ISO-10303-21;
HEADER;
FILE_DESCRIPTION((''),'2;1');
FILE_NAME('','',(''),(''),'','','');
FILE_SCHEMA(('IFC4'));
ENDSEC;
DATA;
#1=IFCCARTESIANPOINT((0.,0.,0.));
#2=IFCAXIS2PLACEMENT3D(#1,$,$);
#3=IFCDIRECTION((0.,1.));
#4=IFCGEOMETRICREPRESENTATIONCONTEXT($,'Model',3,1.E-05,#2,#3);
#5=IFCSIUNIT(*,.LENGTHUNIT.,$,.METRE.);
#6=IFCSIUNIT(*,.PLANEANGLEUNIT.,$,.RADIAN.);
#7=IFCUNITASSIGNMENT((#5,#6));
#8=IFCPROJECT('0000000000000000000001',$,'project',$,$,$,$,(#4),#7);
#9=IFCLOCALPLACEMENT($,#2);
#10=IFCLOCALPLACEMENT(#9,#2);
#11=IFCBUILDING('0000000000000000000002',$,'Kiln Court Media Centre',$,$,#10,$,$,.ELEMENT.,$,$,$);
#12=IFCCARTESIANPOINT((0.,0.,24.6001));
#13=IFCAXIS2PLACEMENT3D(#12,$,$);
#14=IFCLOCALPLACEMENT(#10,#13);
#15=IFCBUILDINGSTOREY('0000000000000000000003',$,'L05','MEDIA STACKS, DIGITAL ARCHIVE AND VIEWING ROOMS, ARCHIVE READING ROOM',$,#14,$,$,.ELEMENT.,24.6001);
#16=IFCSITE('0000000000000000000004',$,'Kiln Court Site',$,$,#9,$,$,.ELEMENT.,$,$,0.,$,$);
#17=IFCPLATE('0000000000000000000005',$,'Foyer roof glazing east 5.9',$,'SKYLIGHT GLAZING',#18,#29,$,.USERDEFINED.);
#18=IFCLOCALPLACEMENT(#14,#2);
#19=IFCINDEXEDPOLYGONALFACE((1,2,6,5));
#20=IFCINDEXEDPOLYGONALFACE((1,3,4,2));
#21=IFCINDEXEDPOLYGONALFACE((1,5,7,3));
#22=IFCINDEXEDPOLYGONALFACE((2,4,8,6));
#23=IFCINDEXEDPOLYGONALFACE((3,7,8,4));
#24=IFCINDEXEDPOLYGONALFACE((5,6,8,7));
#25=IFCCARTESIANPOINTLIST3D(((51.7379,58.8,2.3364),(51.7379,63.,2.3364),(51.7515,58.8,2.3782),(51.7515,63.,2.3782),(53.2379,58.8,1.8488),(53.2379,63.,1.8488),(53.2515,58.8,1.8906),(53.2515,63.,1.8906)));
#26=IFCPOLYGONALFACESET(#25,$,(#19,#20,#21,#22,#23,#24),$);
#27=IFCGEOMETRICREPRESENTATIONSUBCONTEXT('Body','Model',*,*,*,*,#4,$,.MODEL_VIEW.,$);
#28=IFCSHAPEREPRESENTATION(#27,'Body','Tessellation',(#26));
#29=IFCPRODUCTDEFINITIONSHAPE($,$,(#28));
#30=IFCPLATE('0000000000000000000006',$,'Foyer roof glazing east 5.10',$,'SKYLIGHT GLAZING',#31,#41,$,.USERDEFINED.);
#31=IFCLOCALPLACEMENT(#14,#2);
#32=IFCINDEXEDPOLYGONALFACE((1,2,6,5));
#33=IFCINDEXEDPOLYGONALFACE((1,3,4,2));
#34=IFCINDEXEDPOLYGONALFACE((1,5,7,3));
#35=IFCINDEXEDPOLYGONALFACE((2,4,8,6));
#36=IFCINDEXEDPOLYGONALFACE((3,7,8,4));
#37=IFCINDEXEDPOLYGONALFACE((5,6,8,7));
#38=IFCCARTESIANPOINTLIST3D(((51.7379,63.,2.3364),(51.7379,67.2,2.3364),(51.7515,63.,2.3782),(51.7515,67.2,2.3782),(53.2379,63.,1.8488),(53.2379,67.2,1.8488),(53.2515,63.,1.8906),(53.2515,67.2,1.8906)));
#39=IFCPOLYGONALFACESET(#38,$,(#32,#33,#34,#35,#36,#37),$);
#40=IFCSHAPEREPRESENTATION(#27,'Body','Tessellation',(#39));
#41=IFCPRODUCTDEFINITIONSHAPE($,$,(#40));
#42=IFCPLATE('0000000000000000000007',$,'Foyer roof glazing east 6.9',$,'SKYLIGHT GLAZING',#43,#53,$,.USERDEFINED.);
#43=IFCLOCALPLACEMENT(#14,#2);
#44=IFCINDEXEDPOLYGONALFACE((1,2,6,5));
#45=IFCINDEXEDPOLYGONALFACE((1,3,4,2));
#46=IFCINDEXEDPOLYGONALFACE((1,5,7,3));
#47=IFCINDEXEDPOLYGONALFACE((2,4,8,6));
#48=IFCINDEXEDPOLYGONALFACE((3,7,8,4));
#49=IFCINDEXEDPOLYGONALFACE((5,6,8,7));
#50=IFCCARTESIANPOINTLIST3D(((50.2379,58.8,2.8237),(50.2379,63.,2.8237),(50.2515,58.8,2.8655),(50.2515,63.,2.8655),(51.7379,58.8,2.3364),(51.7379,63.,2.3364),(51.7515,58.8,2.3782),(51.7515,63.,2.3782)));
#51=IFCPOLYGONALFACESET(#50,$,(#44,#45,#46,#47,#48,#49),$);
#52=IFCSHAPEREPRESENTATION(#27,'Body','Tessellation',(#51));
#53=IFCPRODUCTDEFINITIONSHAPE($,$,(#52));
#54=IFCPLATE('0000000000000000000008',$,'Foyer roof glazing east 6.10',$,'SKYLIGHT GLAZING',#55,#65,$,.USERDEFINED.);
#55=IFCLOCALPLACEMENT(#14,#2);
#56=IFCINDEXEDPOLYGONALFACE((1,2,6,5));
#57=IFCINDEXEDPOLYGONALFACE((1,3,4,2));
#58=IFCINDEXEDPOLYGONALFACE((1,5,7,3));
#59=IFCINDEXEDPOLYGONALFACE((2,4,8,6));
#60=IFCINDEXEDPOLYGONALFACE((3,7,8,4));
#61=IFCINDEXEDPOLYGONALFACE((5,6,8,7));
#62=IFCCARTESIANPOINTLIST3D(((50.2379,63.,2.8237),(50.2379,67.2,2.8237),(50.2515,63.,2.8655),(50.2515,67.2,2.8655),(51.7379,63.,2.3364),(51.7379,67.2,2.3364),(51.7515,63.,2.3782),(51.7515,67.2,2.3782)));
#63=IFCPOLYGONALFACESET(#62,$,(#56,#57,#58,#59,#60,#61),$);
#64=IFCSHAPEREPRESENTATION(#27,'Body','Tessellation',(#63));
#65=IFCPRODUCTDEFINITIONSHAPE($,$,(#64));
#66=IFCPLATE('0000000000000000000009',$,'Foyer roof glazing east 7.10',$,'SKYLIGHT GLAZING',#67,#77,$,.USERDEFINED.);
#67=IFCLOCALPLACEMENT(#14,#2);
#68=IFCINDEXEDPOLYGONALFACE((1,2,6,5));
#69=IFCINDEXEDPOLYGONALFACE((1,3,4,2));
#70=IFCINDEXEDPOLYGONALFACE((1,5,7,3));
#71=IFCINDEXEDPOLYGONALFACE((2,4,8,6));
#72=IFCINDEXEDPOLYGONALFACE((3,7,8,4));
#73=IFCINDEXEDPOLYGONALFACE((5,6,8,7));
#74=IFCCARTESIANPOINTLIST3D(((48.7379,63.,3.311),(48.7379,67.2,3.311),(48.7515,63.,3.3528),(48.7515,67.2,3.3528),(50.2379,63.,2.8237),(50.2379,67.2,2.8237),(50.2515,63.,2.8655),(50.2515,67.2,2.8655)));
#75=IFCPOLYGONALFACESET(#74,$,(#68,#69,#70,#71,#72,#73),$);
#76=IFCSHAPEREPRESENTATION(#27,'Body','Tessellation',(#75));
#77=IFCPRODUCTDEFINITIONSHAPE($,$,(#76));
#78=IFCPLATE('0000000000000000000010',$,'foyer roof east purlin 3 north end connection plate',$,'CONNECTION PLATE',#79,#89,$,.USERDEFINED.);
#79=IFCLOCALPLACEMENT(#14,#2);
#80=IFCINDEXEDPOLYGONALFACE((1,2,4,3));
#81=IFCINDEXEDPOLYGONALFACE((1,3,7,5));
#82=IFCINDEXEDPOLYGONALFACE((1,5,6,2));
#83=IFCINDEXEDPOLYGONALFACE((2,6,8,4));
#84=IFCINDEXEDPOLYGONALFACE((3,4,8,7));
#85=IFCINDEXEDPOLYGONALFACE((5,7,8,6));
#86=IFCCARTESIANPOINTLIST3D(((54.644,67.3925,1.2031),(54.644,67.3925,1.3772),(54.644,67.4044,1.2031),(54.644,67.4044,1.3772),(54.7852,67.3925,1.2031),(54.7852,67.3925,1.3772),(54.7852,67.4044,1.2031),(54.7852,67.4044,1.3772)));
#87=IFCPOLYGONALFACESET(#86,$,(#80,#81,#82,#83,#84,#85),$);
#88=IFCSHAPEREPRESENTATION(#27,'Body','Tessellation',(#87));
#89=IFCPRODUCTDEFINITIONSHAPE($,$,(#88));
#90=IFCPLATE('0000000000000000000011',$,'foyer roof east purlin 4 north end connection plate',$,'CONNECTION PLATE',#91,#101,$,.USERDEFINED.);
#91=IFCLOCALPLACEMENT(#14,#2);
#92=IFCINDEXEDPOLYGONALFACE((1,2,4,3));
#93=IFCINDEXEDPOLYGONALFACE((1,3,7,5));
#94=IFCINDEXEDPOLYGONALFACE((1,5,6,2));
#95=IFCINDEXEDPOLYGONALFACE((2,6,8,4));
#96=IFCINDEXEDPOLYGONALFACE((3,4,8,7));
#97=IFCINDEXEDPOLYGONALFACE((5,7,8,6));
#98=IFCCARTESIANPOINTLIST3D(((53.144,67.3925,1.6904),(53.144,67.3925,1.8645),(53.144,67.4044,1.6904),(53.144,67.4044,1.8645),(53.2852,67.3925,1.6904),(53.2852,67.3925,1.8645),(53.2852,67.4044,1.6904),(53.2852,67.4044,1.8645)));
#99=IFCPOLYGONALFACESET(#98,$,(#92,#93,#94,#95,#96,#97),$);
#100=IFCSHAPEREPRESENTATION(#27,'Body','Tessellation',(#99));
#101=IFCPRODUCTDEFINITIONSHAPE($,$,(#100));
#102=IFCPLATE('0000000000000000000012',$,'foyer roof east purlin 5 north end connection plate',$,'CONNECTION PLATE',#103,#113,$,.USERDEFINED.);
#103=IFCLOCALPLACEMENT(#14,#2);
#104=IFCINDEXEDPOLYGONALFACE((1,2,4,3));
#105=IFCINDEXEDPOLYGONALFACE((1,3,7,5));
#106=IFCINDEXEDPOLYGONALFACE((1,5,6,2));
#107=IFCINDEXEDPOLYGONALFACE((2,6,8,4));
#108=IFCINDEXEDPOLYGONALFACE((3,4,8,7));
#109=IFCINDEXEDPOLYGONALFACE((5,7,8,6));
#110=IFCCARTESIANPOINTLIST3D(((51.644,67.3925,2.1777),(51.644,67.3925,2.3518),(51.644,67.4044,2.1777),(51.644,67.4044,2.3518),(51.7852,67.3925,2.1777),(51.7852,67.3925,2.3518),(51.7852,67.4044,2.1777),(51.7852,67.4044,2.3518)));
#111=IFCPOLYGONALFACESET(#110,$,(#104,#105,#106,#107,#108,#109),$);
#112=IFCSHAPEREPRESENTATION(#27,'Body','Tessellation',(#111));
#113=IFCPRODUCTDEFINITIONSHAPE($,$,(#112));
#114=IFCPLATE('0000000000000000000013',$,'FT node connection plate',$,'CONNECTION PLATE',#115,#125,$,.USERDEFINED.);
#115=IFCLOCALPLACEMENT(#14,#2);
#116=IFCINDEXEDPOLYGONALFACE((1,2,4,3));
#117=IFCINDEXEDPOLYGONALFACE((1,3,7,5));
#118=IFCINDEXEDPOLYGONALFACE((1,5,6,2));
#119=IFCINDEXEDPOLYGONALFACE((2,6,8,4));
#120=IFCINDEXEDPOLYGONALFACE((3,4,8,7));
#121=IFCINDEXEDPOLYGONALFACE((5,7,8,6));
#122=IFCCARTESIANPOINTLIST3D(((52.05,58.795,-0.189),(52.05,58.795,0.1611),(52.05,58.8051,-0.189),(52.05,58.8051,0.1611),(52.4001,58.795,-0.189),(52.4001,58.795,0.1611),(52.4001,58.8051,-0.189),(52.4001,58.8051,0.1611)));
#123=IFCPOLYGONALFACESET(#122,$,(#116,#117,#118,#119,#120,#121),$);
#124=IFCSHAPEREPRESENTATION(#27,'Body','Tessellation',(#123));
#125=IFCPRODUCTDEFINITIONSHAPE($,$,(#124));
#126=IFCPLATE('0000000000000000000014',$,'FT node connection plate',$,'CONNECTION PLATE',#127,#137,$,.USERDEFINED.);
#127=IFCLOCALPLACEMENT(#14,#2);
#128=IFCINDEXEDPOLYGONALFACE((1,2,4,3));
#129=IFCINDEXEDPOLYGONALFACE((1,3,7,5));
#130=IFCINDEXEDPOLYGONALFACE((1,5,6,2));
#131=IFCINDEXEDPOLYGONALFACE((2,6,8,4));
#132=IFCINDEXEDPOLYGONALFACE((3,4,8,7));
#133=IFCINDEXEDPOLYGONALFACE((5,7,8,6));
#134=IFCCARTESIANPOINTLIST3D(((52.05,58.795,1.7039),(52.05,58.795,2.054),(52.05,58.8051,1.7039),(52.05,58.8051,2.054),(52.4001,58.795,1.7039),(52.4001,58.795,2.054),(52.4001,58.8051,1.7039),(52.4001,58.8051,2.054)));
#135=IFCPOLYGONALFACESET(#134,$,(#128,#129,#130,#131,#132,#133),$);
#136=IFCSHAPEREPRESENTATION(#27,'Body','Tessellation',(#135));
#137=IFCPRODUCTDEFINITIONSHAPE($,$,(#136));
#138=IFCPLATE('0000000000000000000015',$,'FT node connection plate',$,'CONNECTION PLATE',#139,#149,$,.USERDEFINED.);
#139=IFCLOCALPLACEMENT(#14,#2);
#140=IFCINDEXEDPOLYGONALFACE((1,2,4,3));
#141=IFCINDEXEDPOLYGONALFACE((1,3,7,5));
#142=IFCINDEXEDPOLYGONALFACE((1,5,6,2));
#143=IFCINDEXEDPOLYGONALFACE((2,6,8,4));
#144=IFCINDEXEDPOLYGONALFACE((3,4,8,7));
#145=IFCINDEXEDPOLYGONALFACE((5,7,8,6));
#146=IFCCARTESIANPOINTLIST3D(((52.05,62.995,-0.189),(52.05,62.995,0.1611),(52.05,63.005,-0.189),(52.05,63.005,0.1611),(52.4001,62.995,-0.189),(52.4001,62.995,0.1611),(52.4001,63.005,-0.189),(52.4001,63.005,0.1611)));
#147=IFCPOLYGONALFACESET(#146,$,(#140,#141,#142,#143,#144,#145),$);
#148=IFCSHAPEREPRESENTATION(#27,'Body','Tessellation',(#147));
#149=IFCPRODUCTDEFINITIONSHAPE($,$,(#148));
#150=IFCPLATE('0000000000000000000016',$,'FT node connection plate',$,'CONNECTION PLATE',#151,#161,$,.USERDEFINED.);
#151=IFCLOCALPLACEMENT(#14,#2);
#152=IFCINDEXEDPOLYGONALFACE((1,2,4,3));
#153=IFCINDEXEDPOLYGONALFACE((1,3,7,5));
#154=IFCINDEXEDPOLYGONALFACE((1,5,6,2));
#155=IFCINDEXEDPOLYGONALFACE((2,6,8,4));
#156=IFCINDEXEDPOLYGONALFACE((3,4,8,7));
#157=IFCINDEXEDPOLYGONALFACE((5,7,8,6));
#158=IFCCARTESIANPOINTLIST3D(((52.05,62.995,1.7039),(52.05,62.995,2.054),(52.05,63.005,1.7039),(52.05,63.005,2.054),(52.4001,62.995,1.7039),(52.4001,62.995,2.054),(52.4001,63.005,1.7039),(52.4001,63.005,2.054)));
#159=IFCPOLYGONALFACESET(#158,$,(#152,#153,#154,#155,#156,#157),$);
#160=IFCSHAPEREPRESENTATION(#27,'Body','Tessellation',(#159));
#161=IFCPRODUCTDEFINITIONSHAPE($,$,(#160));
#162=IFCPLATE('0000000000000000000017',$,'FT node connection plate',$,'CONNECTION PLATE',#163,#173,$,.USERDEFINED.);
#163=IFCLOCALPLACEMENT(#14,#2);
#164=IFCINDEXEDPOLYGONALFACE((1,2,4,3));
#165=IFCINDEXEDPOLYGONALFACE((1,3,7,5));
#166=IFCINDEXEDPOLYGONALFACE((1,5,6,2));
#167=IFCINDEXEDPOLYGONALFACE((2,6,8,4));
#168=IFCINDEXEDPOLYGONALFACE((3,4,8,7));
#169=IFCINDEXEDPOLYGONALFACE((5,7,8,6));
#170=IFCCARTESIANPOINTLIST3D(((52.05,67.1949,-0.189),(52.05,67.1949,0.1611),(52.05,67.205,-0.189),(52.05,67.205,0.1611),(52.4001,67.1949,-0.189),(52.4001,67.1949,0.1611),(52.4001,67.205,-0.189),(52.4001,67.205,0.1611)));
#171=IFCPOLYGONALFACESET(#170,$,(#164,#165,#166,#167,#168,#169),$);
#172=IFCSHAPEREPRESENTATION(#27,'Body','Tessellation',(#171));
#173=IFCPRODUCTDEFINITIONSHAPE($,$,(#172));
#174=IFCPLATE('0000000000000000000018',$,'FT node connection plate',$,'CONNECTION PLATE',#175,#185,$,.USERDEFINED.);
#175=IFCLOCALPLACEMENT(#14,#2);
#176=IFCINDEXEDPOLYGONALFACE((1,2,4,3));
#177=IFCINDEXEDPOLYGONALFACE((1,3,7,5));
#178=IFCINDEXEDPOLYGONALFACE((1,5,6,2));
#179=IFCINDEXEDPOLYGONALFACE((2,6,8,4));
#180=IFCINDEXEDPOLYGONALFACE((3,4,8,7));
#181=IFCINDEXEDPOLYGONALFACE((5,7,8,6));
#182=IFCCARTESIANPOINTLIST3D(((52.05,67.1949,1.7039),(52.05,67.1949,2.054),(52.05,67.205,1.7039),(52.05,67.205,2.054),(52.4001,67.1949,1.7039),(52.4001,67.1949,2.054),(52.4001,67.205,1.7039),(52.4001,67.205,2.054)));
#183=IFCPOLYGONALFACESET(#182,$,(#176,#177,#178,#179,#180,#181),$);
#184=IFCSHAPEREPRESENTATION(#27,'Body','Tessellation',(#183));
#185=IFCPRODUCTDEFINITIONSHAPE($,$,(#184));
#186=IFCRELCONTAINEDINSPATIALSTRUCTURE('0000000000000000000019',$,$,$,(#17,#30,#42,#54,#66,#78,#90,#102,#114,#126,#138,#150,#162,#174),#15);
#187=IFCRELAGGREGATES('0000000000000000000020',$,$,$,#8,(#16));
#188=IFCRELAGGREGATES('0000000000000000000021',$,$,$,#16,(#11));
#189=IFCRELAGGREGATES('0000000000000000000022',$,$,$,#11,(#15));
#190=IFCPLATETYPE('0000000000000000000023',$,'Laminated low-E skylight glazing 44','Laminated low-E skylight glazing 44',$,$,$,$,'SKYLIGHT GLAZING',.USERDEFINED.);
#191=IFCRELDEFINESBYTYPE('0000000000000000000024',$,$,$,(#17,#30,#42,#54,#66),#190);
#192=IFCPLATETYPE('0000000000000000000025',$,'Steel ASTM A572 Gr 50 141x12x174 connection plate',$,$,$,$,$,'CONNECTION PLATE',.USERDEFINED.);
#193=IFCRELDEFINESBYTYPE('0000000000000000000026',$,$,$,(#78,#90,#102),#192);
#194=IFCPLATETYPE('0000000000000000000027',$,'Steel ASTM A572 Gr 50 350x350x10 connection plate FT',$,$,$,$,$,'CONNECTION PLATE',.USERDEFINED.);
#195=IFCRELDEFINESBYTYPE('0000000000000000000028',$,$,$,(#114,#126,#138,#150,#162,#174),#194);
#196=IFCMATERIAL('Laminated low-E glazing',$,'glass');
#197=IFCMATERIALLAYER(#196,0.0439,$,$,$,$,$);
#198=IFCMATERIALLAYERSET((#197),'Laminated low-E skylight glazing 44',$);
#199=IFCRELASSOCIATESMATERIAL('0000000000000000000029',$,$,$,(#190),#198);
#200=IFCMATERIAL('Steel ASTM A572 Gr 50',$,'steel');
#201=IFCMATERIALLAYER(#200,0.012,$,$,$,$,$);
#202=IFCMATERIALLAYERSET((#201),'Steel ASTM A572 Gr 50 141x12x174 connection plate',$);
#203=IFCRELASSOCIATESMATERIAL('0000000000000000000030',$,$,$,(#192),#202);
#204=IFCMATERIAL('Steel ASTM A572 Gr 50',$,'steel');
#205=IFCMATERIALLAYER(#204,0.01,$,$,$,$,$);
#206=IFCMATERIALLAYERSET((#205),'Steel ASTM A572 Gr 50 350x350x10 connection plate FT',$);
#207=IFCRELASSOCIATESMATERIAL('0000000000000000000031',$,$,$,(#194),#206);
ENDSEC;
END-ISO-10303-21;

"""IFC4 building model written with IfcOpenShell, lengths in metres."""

from ifc_helpers import new_model, si_unit, direction, frame, origin, origin_2d, place, context, subcontext, project, spatial, polyline, rectangle, outline, extrude, material, layer, layer_set, type_object, element, save


model = new_model("IFC4")

# Units and contexts
model_context = context("Model", 3, precision=1e-05, world=origin(), true_north=direction((0.0, 1.0)))
body_context = subcontext(model_context, "Body", "Model", "MODEL_VIEW")
ifc_project = project(units=[si_unit("LENGTHUNIT", "METRE"), si_unit("PLANEANGLEUNIT", "RADIAN")], contexts=[model_context])

# Site, building, storey
site_placement = place(None, origin())
site = spatial("IfcSite", under=ifc_project, at=site_placement, Name="Kiln Court Site", CompositionType="ELEMENT", RefElevation=0.0)
building_placement = place(site_placement, origin())
building = spatial("IfcBuilding", under=site, at=building_placement, Name="Kiln Court Media Centre", CompositionType="ELEMENT")
storey_placement = place(building_placement, frame((0.0, 0.0, 24.6001)))
storey = spatial("IfcBuildingStorey", under=building, at=storey_placement, Name="L05", Description="MEDIA STACKS, DIGITAL ARCHIVE AND VIEWING ROOMS, ARCHIVE READING ROOM", CompositionType="ELEMENT", Elevation=24.6001)

# Plates
ifc_material_1 = material(Name="Laminated low-E glazing", Category="glass")
ifc_layer_1 = layer(ifc_material_1, 0.0439)
ifc_layer_set_1 = layer_set([ifc_layer_1], Name="Laminated low-E skylight glazing 44")
plate_type_1 = type_object("IfcPlateType", Name="Laminated low-E skylight glazing 44", Description="Laminated low-E skylight glazing 44", ElementType="SKYLIGHT GLAZING", PredefinedType="USERDEFINED", material=ifc_layer_set_1)
for number, where, z_axis, x_axis, name in (
    (1, (53.2515, 63.0, 1.8906), (0.309114, 0.0, 0.951025), (-0.951025, 0.0, 0.309114), "Foyer roof glazing east 5.9"),
    (2, (53.2515, 67.2, 1.8906), (0.309114, 0.0, 0.951025), (-0.951025, 0.0, 0.309114), "Foyer roof glazing east 5.10"),
):
    element("IfcPlate", number, at=place(storey_placement, frame(where, z_axis=z_axis, x_axis=x_axis)), inside=storey, type_object=plate_type_1, Name=name, ObjectType="SKYLIGHT GLAZING", PredefinedType="USERDEFINED", context=body_context, shape_type="SweptSolid", body=[
        extrude(outline(polyline([(0.0, 0.0), (1.5772, 0.0), (1.5772, 4.2), (0.0, 4.2), (0.0, 0.0)])), origin(), (0.0, 0.0, -1.0), 0.0439),
    ])
for number, where, z_axis, x_axis, name in (
    (3, (51.7515, 63.0, 2.3782), (0.308974, 0.0, 0.95107), (-0.95107, 0.0, 0.308974), "Foyer roof glazing east 6.9"),
    (4, (51.7515, 67.2, 2.3782), (0.308974, 0.0, 0.95107), (-0.95107, 0.0, 0.308974), "Foyer roof glazing east 6.10"),
    (5, (50.2515, 67.2, 2.8655), (0.308974, 0.0, 0.95107), (-0.95107, 0.0, 0.308974), "Foyer roof glazing east 7.10"),
):
    element("IfcPlate", number, at=place(storey_placement, frame(where, z_axis=z_axis, x_axis=x_axis)), inside=storey, type_object=plate_type_1, Name=name, ObjectType="SKYLIGHT GLAZING", PredefinedType="USERDEFINED", context=body_context, shape_type="SweptSolid", body=[
        extrude(outline(polyline([(0.0, 0.0), (1.5772, 0.0), (1.5772, 4.2), (0.0, 4.2), (0.0, 0.0)])), origin(), (0.0, 0.0, -1.0), 0.0439),
    ])
ifc_material_2 = material(Name="Steel ASTM A572 Gr 50", Category="steel")
ifc_layer_2 = layer(ifc_material_2, 0.012)
ifc_layer_set_2 = layer_set([ifc_layer_2], Name="Steel ASTM A572 Gr 50 141x12x174 connection plate")
plate_type_2 = type_object("IfcPlateType", Name="Steel ASTM A572 Gr 50 141x12x174 connection plate", ElementType="CONNECTION PLATE", PredefinedType="USERDEFINED", material=ifc_layer_set_2)
for number, where, z_axis, x_axis, name in (
    (6, (54.7146, 67.3984, 1.2031), (0.0, 0.0, 1.0), (1.0, 0.0, 0.0), "foyer roof east purlin 3 north end connection plate"),
    (7, (53.2146, 67.3984, 1.6904), (0.0, 0.0, 1.0), (1.0, 0.0, 0.0), "foyer roof east purlin 4 north end connection plate"),
    (8, (51.7146, 67.3984, 2.1777), (0.0, 0.0, 1.0), (1.0, 0.0, 0.0), "foyer roof east purlin 5 north end connection plate"),
):
    element("IfcPlate", number, at=place(storey_placement, frame(where, z_axis=z_axis, x_axis=x_axis)), inside=storey, type_object=plate_type_2, Name=name, ObjectType="CONNECTION PLATE", PredefinedType="USERDEFINED", context=body_context, shape_type="SweptSolid", body=[
        extrude(rectangle(XDim=0.1411, YDim=0.012, at=origin_2d()), origin(), (0.0, 0.0, 1.0), 0.1741),
    ])
ifc_material_3 = material(Name="Steel ASTM A572 Gr 50", Category="steel")
ifc_layer_3 = layer(ifc_material_3, 0.01)
ifc_layer_set_3 = layer_set([ifc_layer_3], Name="Steel ASTM A572 Gr 50 350x350x10 connection plate FT")
plate_type_3 = type_object("IfcPlateType", Name="Steel ASTM A572 Gr 50 350x350x10 connection plate FT", ElementType="CONNECTION PLATE", PredefinedType="USERDEFINED", material=ifc_layer_set_3)
for number, where, z_axis, x_axis, name in (
    (9, (52.2251, 58.8, -0.189), (0.0, 0.0, 1.0), (1.0, 0.0, 0.0), "FT node connection plate"),
    (10, (52.2251, 58.8, 1.7039), (0.0, 0.0, 1.0), (1.0, 0.0, 0.0), "FT node connection plate"),
    (11, (52.2251, 63.0, -0.189), (0.0, 0.0, 1.0), (1.0, 0.0, 0.0), "FT node connection plate"),
    (12, (52.2251, 63.0, 1.7039), (0.0, 0.0, 1.0), (1.0, 0.0, 0.0), "FT node connection plate"),
    (13, (52.2251, 67.2, -0.189), (0.0, 0.0, 1.0), (1.0, 0.0, 0.0), "FT node connection plate"),
    (14, (52.2251, 67.2, 1.7039), (0.0, 0.0, 1.0), (1.0, 0.0, 0.0), "FT node connection plate"),
):
    element("IfcPlate", number, at=place(storey_placement, frame(where, z_axis=z_axis, x_axis=x_axis)), inside=storey, type_object=plate_type_3, Name=name, ObjectType="CONNECTION PLATE", PredefinedType="USERDEFINED", context=body_context, shape_type="SweptSolid", body=[
        extrude(rectangle(XDim=0.3501, YDim=0.01, at=origin_2d()), origin(), (0.0, 0.0, 1.0), 0.3501),
    ])

save(model, "model.ifc")
